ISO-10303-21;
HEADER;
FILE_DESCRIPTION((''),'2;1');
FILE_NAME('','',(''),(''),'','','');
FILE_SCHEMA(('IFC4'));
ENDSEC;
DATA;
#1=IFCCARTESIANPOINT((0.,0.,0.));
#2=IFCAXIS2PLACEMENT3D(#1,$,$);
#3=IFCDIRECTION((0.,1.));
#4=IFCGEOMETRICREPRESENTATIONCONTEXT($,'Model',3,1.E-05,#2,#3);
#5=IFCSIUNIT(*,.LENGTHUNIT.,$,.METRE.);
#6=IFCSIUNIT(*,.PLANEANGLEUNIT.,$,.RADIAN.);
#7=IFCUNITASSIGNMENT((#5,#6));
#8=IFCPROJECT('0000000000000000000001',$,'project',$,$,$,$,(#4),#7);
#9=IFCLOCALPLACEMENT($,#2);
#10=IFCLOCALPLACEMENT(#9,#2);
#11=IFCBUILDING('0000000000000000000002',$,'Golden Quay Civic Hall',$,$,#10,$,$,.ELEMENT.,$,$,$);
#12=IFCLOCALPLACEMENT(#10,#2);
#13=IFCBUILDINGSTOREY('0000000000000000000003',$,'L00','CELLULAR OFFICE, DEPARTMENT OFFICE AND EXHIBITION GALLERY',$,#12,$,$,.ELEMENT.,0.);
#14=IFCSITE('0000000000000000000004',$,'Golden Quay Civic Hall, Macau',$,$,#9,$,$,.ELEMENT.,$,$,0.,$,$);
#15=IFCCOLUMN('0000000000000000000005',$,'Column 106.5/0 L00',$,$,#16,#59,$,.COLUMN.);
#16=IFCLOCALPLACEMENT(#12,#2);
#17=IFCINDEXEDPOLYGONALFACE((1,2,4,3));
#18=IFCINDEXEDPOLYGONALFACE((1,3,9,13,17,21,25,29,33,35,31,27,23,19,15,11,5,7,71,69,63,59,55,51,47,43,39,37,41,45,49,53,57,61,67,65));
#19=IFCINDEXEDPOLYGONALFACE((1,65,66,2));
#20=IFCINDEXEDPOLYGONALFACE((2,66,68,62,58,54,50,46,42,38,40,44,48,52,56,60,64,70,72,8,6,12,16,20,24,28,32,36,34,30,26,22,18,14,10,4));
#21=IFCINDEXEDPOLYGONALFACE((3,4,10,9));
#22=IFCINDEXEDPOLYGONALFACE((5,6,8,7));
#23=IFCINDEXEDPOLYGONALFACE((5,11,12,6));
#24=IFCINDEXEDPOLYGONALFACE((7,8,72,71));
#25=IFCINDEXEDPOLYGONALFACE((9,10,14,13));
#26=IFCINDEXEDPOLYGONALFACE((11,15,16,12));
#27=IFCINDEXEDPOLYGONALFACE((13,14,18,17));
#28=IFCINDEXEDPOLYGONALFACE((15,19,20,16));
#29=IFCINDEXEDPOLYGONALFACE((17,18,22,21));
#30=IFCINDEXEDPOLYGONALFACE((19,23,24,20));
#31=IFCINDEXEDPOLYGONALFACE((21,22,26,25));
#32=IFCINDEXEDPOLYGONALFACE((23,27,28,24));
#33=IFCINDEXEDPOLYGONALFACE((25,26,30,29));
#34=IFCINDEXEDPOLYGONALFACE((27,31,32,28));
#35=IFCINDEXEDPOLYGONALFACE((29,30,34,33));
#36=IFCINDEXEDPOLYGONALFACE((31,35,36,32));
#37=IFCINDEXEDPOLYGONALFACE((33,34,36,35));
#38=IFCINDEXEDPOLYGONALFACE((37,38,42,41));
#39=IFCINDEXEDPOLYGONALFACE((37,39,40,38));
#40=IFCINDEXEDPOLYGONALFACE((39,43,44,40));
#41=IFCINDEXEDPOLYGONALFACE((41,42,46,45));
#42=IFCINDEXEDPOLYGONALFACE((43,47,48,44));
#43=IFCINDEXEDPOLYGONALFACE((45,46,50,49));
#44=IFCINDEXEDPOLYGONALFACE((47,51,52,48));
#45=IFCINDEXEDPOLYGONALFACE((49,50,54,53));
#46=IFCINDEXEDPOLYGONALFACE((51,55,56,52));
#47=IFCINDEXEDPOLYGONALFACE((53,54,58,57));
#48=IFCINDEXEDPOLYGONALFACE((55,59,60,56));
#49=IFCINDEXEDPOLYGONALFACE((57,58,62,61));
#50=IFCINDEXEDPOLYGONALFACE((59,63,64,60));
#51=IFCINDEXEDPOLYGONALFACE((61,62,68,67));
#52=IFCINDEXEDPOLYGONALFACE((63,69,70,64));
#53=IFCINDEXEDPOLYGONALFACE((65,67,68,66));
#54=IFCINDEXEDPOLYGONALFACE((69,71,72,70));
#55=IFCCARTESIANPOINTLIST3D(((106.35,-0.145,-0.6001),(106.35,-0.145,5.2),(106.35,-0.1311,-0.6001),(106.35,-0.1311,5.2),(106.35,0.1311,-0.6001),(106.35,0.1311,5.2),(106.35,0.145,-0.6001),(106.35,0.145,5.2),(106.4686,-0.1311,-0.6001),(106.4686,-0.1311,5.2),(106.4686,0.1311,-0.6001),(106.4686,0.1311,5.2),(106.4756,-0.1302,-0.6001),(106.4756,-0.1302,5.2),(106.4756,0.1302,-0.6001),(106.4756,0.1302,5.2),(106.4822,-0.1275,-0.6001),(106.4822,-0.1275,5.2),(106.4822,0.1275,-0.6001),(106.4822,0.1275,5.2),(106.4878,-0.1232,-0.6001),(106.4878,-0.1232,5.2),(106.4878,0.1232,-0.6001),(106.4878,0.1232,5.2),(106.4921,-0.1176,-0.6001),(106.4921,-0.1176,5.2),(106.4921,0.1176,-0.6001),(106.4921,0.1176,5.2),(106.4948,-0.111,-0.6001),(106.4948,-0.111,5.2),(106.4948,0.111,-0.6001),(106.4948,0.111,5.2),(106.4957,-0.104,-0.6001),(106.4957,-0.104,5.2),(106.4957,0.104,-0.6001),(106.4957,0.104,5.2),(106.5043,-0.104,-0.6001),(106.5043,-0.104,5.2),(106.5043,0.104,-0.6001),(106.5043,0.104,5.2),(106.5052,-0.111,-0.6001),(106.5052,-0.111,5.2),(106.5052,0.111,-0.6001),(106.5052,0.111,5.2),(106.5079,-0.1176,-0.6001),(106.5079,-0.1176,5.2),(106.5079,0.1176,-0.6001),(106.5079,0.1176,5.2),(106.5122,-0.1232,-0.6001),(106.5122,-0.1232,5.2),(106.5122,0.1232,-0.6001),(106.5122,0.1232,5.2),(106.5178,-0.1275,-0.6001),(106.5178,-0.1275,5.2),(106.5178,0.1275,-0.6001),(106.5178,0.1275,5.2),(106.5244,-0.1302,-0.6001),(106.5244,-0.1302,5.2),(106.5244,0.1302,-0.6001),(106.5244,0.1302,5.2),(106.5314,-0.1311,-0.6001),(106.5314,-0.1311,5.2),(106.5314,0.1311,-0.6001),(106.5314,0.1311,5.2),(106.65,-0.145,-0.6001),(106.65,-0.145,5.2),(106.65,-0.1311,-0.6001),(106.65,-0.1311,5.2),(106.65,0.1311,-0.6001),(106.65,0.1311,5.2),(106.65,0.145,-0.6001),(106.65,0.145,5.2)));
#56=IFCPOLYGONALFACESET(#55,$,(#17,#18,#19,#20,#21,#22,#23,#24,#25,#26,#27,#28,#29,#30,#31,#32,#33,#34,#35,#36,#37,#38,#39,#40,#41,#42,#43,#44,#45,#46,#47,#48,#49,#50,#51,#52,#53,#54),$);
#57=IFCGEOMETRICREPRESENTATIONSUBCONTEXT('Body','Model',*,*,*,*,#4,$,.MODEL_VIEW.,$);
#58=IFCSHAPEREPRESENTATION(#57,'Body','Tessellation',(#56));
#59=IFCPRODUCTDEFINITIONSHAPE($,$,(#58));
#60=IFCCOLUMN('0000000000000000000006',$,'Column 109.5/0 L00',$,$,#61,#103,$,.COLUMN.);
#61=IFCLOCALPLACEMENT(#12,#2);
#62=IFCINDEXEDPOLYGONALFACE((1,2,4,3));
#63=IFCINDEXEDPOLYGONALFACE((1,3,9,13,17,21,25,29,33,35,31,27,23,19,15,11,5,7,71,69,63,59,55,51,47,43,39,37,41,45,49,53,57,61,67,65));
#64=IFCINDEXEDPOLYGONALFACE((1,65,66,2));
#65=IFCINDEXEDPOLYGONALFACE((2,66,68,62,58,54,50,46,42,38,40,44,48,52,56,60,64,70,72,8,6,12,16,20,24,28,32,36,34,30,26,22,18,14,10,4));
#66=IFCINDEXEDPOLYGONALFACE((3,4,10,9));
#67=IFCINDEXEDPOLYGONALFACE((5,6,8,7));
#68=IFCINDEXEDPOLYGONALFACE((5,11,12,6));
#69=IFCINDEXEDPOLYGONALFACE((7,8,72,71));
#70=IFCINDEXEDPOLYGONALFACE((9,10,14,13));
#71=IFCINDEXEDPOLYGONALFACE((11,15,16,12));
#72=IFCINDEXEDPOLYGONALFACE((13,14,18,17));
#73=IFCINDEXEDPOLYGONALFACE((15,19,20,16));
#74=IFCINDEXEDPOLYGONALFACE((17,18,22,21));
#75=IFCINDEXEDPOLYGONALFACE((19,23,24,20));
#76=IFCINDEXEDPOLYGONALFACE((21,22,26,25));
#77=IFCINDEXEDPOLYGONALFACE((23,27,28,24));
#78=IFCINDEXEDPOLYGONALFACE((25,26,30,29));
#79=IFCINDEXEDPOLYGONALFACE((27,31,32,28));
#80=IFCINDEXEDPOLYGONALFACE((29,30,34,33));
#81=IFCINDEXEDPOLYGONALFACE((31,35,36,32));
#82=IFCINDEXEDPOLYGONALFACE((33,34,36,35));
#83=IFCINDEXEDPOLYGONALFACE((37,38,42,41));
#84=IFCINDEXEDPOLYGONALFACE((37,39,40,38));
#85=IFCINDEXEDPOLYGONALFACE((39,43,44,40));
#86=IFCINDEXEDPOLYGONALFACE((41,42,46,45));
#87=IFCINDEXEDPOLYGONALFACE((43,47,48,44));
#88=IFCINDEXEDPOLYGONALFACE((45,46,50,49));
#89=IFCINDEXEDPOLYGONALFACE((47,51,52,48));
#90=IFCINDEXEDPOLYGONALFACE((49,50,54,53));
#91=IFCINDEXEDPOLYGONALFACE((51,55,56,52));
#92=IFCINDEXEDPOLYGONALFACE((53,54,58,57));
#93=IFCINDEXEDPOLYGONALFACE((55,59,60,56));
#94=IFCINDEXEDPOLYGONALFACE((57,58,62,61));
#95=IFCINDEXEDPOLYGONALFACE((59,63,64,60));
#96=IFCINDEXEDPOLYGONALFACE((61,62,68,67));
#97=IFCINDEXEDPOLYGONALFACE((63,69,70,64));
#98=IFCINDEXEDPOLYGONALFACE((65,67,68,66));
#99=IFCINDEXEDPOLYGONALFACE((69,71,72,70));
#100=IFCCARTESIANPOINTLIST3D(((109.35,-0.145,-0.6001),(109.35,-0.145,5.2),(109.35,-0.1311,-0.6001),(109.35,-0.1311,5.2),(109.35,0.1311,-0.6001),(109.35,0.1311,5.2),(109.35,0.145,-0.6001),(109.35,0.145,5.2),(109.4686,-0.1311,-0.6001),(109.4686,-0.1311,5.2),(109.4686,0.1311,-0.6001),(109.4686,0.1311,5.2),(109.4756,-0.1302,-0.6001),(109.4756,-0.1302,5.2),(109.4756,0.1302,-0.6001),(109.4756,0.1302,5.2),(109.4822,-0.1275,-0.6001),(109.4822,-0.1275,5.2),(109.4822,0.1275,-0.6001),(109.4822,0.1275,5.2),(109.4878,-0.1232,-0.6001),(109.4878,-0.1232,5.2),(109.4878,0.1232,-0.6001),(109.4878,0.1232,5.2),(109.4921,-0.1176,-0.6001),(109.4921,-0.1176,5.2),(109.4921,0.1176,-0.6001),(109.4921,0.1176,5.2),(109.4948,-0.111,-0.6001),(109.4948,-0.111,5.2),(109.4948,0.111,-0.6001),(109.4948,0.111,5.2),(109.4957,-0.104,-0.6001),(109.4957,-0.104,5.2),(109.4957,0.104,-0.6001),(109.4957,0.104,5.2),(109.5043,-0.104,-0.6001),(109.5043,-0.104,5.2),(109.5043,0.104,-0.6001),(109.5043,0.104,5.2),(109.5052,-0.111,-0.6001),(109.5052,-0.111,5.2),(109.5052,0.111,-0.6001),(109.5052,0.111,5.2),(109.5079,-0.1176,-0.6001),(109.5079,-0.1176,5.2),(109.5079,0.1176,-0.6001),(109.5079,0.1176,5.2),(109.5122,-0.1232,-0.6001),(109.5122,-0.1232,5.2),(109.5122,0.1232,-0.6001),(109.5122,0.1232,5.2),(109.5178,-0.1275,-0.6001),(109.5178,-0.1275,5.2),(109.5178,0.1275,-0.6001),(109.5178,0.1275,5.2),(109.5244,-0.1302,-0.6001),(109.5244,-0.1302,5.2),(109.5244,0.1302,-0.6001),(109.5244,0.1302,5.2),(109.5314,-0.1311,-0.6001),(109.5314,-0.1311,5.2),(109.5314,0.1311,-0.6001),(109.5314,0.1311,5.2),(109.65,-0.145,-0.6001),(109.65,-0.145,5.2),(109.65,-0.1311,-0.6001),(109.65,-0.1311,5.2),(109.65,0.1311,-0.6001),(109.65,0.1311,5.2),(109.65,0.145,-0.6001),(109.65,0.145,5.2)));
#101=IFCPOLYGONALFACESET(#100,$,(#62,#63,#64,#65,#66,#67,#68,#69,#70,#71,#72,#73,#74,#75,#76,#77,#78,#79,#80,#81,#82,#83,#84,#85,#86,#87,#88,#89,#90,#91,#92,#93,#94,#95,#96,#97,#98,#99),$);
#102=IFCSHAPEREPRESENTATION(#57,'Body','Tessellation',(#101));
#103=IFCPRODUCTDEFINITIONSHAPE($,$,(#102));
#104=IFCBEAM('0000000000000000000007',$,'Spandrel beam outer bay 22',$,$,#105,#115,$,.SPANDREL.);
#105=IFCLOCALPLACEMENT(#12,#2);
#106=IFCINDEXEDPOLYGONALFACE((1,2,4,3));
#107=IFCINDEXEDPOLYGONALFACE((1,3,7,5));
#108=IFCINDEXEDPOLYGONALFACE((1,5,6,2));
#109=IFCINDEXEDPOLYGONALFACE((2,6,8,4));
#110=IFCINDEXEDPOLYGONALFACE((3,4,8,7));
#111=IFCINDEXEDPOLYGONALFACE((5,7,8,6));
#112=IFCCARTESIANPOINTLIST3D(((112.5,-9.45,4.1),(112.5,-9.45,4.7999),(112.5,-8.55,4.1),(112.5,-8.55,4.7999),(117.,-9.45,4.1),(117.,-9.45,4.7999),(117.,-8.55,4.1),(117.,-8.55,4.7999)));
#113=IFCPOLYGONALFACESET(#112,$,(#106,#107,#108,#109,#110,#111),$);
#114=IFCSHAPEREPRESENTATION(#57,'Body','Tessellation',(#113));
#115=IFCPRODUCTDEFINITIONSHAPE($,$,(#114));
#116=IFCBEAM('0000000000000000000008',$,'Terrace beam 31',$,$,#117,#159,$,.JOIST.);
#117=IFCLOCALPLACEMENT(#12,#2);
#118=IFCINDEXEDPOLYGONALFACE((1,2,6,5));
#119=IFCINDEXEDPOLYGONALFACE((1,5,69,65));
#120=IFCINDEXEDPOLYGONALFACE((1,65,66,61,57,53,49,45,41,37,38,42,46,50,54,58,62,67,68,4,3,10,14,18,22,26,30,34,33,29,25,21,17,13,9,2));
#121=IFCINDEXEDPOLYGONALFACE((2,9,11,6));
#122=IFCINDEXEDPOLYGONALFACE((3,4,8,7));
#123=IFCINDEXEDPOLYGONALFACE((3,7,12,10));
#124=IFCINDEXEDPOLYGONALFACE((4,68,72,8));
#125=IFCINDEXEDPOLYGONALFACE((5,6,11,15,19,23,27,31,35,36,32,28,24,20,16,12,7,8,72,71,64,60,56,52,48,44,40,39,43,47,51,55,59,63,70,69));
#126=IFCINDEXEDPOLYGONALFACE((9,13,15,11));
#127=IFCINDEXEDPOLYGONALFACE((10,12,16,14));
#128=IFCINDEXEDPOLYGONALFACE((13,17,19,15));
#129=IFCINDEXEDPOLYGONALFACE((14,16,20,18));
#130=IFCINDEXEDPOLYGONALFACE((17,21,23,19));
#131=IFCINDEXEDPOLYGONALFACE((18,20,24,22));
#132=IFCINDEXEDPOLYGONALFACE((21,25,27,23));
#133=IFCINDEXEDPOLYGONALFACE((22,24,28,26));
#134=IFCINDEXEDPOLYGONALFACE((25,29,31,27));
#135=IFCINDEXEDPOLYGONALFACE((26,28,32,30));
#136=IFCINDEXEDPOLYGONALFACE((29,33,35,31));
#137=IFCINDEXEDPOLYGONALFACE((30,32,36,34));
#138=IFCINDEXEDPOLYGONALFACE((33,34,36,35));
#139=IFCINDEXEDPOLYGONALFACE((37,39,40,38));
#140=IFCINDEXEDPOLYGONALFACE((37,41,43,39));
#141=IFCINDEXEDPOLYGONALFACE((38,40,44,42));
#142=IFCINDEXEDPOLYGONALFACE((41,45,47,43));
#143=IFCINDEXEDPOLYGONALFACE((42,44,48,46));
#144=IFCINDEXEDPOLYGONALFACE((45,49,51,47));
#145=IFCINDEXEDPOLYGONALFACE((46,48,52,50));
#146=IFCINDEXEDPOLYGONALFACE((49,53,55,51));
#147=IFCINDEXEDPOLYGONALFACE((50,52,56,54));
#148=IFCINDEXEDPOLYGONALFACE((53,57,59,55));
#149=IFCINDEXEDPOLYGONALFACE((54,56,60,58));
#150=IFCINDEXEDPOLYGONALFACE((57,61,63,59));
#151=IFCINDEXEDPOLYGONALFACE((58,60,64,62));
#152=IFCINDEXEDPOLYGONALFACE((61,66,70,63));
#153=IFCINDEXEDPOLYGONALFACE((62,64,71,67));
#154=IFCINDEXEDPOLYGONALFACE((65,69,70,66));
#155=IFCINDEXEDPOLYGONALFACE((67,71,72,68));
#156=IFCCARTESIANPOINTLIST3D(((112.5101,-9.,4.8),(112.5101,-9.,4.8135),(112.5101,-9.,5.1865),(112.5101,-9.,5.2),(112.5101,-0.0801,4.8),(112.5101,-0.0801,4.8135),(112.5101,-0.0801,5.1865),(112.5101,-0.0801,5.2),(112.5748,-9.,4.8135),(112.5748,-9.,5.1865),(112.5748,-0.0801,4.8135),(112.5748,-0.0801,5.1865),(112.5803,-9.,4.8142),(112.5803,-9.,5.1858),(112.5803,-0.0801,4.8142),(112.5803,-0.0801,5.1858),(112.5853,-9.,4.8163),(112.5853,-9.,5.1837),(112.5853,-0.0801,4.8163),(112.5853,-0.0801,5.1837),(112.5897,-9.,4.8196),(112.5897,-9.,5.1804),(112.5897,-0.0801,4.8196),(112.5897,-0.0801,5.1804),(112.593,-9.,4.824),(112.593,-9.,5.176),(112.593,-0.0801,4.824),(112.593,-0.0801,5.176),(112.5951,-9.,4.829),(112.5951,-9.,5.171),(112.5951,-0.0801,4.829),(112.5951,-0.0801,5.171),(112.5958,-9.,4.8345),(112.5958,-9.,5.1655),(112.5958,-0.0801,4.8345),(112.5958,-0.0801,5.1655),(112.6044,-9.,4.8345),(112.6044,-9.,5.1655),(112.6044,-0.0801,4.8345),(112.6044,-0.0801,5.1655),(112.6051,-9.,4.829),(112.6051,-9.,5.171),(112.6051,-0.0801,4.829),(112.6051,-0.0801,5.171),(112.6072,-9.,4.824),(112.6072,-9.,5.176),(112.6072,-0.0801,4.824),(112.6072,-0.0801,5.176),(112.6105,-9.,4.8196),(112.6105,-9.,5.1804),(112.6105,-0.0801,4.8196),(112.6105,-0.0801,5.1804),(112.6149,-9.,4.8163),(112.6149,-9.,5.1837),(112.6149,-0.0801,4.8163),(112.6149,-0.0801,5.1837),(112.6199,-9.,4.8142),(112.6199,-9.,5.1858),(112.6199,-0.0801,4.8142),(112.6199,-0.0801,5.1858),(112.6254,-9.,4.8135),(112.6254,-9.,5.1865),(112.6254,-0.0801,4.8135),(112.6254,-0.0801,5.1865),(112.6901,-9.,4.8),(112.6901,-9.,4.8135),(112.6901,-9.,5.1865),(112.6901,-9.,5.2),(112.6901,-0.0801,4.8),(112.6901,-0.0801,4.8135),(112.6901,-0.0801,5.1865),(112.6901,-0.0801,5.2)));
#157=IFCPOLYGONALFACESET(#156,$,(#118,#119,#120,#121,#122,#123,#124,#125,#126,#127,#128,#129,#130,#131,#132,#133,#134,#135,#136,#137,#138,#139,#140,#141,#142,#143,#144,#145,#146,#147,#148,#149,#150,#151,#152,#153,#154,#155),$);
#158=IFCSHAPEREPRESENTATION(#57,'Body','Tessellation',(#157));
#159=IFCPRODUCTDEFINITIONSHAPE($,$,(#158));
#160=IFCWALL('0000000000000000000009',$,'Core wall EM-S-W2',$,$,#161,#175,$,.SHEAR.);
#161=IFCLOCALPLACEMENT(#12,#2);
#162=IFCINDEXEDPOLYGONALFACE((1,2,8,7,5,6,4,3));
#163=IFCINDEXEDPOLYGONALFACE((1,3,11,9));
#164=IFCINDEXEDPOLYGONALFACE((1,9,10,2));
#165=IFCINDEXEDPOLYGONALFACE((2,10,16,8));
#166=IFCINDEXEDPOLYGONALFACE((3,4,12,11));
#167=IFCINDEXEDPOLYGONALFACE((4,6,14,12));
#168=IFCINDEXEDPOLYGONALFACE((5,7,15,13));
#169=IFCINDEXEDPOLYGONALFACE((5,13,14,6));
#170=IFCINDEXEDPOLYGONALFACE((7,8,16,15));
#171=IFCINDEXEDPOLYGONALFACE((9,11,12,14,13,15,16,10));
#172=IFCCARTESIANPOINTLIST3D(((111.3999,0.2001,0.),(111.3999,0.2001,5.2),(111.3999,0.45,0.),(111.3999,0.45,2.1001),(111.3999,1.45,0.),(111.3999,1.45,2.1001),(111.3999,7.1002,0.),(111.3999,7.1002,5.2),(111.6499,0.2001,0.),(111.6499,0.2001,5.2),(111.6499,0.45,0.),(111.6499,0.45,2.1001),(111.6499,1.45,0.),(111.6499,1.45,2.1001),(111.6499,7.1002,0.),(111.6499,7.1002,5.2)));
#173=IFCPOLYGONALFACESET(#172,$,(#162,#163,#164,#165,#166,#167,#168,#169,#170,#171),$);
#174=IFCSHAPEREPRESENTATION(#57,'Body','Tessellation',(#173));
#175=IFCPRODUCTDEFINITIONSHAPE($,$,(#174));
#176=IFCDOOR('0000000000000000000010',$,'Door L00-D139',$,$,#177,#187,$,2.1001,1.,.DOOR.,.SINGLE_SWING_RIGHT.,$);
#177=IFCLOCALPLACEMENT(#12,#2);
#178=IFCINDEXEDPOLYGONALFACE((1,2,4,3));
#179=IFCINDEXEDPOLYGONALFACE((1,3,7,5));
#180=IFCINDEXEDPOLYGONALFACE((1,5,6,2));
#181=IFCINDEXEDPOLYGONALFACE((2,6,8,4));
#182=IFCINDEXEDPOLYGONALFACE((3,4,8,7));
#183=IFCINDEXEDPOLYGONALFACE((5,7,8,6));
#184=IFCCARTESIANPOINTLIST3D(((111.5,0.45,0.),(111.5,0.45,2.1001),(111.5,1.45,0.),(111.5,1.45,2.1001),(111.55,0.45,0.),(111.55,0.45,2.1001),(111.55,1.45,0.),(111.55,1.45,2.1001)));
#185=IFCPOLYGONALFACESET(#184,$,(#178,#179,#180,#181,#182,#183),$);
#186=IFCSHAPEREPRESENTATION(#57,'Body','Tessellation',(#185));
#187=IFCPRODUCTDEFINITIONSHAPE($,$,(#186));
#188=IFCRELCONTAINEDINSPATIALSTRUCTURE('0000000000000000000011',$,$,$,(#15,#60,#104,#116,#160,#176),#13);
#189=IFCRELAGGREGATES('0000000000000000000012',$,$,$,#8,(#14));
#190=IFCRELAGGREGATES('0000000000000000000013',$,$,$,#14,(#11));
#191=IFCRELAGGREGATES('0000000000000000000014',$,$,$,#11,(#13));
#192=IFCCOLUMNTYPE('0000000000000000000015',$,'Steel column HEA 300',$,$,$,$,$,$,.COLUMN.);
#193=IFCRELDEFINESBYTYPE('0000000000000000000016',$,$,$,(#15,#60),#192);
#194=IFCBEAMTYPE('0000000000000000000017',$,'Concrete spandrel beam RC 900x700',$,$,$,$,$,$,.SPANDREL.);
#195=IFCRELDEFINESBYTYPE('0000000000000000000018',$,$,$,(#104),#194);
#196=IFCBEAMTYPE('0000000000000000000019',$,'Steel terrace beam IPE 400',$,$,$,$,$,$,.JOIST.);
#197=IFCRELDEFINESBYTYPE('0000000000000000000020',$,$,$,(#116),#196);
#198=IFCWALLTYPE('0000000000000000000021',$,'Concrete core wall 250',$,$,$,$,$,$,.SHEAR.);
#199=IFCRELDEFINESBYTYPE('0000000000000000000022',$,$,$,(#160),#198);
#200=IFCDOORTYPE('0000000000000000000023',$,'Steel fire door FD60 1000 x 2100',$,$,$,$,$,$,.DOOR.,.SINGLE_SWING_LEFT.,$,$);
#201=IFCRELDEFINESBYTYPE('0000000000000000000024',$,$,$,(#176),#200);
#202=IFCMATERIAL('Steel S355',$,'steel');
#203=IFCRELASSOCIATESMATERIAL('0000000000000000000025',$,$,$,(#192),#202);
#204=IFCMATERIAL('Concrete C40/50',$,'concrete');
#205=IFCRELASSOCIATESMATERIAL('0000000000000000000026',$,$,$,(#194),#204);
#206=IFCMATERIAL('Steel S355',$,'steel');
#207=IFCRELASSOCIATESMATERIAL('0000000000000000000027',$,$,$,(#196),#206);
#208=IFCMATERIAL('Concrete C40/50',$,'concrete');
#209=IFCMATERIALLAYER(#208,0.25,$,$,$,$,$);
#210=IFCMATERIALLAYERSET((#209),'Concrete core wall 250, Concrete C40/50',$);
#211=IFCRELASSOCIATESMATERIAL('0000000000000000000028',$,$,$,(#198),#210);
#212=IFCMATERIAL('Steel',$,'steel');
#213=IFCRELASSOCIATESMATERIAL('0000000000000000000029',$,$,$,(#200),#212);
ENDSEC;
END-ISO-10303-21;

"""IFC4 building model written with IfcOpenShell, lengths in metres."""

from ifc_helpers import new_model, si_unit, direction, frame, frame_2d, origin, origin_2d, place, context, subcontext, project, spatial, rectangle, i_section, extrude, material, layer, layer_set, material_profile, profile_set, type_object, element, fill, save


model = new_model("IFC4")

# Units and contexts
model_context = context("Model", 3, precision=1e-05, world=origin(), true_north=direction((0.0, 1.0)))
body_context = subcontext(model_context, "Body", "Model", "MODEL_VIEW")
ifc_project = project(units=[si_unit("LENGTHUNIT", "METRE"), si_unit("PLANEANGLEUNIT", "RADIAN")], contexts=[model_context])

# Site, building, storey
site_placement = place(None, origin())
site = spatial("IfcSite", under=ifc_project, at=site_placement, Name="Golden Quay Civic Hall, Macau", CompositionType="ELEMENT", RefElevation=0.0)
building_placement = place(site_placement, origin())
building = spatial("IfcBuilding", under=site, at=building_placement, Name="Golden Quay Civic Hall", CompositionType="ELEMENT")
storey_placement = place(building_placement, origin())
storey = spatial("IfcBuildingStorey", under=building, at=storey_placement, Name="L00", Description="CELLULAR OFFICE, DEPARTMENT OFFICE AND EXHIBITION GALLERY", CompositionType="ELEMENT", Elevation=0.0)

# Columns
ifc_material_1 = material(Name="Steel S355", Category="steel")
ifc_material_profile_1 = material_profile(ifc_material_1, i_section(OverallWidth=0.3, OverallDepth=0.29, WebThickness=0.0085, FlangeThickness=0.0139, FilletRadius=0.0271, at=origin_2d()), Name="HEA 300")
ifc_profile_set_1 = profile_set([ifc_material_profile_1], Name="Steel S355")
column_type_1 = type_object("IfcColumnType", Name="Steel column HEA 300", PredefinedType="COLUMN", material=ifc_profile_set_1)
for number, where, z_axis, x_axis, name in (
    (1, (106.5, 0.0, -0.6001), (0.0, 0.0, 1.0), (1.0, 0.0, 0.0), "Column 106.5/0 L00"),
    (2, (109.5, 0.0, -0.6001), (0.0, 0.0, 1.0), (1.0, 0.0, 0.0), "Column 109.5/0 L00"),
):
    element("IfcColumn", number, at=place(storey_placement, frame(where, z_axis=z_axis, x_axis=x_axis)), inside=storey, type_object=column_type_1, Name=name, PredefinedType="COLUMN", context=body_context, shape_type="SweptSolid", body=[
        extrude(i_section(OverallWidth=0.3, OverallDepth=0.29, WebThickness=0.0085, FlangeThickness=0.0139, FilletRadius=0.0271, at=origin_2d()), origin(), (0.0, 0.0, 1.0), 5.8),
    ])

# Beams
ifc_material_2 = material(Name="Concrete C40/50", Category="concrete")
ifc_material_profile_2 = material_profile(ifc_material_2, rectangle(XDim=0.8999, YDim=0.7, at=origin_2d()), Name="RC 900x700")
ifc_profile_set_2 = profile_set([ifc_material_profile_2], Name="Concrete C40/50")
beam_type_1 = type_object("IfcBeamType", Name="Concrete spandrel beam RC 900x700", PredefinedType="SPANDREL", material=ifc_profile_set_2)
beam_1_placement = place(storey_placement, frame((112.5, -9.0, 4.45), z_axis=(1.0, 0.0, 0.0), x_axis=(0.0, 1.0, 0.0)))
element("IfcBeam", 3, at=beam_1_placement, inside=storey, type_object=beam_type_1, Name="Spandrel beam outer bay 22", PredefinedType="SPANDREL", context=body_context, shape_type="SweptSolid", body=[
    extrude(rectangle(XDim=0.8999, YDim=0.7, at=origin_2d()), origin(), (0.0, 0.0, 1.0), 4.5),
])
ifc_material_3 = material(Name="Steel S355", Category="steel")
ifc_material_profile_3 = material_profile(ifc_material_3, i_section(OverallWidth=0.1799, OverallDepth=0.3999, WebThickness=0.0085, FlangeThickness=0.0134, FilletRadius=0.021, at=origin_2d()), Name="IPE 400")
ifc_profile_set_3 = profile_set([ifc_material_profile_3], Name="Steel S355")
beam_type_2 = type_object("IfcBeamType", Name="Steel terrace beam IPE 400", PredefinedType="JOIST", material=ifc_profile_set_3)
beam_2_placement = place(storey_placement, frame((112.6001, -9.0, 5.0), z_axis=(0.0, 1.0, 0.0), x_axis=(-1.0, 0.0, 0.0)))
element("IfcBeam", 4, at=beam_2_placement, inside=storey, type_object=beam_type_2, Name="Terrace beam 31", PredefinedType="JOIST", context=body_context, shape_type="SweptSolid", body=[
    extrude(i_section(OverallWidth=0.1799, OverallDepth=0.3999, WebThickness=0.0085, FlangeThickness=0.0134, FilletRadius=0.021, at=origin_2d()), origin(), (0.0, 0.0, 1.0), 8.9199),
])

# Wall, opening, door
ifc_material_4 = material(Name="Concrete C40/50", Category="concrete")
ifc_layer_1 = layer(ifc_material_4, 0.25)
ifc_layer_set_1 = layer_set([ifc_layer_1], Name="Concrete core wall 250, Concrete C40/50")
wall_type_1 = type_object("IfcWallType", Name="Concrete core wall 250", PredefinedType="SHEAR", material=ifc_layer_set_1)
wall_1_placement = place(storey_placement, frame((111.5249, 0.2, 0.0), z_axis=(0.0, 0.0, 1.0), x_axis=(0.0, 1.0, 0.0)))
wall_1 = element("IfcWall", 5, at=wall_1_placement, inside=storey, type_object=wall_type_1, Name="Core wall EM-S-W2", PredefinedType="SHEAR", context=body_context, shape_type="SweptSolid", body=[
    extrude(rectangle(XDim=6.9001, YDim=0.25, at=frame_2d((3.4502, 0.0))), origin(), (0.0, 0.0, 1.0), 5.2),
])
opening_1_placement = place(wall_1_placement, frame((0.25, 0.0, 0.0)))
opening_1 = element("IfcOpeningElement", 6, at=opening_1_placement, cuts=wall_1, PredefinedType="OPENING", context=body_context, shape_type="SweptSolid", body=[
    extrude(rectangle(XDim=1.0, YDim=2.1001, at=frame_2d((0.5, 1.05))), frame((0.0, 0.135, 0.0), z_axis=(0.0, -1.0, 0.0), x_axis=(1.0, 0.0, 0.0)), (0.0, 0.0, 1.0), 0.27),
])
ifc_material_5 = material(Name="Steel", Category="steel")
door_type_1 = type_object("IfcDoorType", Name="Steel fire door FD60 1000 x 2100", OperationType="SINGLE_SWING_LEFT", PredefinedType="DOOR", material=ifc_material_5)
door_1_placement = place(opening_1_placement, frame((1.0, 0.0, 0.0), z_axis=(0.0, 0.0, 1.0), x_axis=(-1.0, 0.0, 0.0)))
door_1 = element("IfcDoor", 7, at=door_1_placement, inside=storey, type_object=door_type_1, Name="Door L00-D139", OperationType="SINGLE_SWING_RIGHT", OverallHeight=2.1001, OverallWidth=1.0, PredefinedType="DOOR", context=body_context, shape_type="SweptSolid", body=[
    extrude(rectangle(XDim=1.0, YDim=2.1001, at=frame_2d((0.5, 1.05))), frame((0.0, 0.0251, 0.0), z_axis=(0.0, -1.0, 0.0), x_axis=(1.0, 0.0, 0.0)), (0.0, 0.0, 1.0), 0.05),
])
fill(opening_1, door_1)

save(model, "model.ifc")
